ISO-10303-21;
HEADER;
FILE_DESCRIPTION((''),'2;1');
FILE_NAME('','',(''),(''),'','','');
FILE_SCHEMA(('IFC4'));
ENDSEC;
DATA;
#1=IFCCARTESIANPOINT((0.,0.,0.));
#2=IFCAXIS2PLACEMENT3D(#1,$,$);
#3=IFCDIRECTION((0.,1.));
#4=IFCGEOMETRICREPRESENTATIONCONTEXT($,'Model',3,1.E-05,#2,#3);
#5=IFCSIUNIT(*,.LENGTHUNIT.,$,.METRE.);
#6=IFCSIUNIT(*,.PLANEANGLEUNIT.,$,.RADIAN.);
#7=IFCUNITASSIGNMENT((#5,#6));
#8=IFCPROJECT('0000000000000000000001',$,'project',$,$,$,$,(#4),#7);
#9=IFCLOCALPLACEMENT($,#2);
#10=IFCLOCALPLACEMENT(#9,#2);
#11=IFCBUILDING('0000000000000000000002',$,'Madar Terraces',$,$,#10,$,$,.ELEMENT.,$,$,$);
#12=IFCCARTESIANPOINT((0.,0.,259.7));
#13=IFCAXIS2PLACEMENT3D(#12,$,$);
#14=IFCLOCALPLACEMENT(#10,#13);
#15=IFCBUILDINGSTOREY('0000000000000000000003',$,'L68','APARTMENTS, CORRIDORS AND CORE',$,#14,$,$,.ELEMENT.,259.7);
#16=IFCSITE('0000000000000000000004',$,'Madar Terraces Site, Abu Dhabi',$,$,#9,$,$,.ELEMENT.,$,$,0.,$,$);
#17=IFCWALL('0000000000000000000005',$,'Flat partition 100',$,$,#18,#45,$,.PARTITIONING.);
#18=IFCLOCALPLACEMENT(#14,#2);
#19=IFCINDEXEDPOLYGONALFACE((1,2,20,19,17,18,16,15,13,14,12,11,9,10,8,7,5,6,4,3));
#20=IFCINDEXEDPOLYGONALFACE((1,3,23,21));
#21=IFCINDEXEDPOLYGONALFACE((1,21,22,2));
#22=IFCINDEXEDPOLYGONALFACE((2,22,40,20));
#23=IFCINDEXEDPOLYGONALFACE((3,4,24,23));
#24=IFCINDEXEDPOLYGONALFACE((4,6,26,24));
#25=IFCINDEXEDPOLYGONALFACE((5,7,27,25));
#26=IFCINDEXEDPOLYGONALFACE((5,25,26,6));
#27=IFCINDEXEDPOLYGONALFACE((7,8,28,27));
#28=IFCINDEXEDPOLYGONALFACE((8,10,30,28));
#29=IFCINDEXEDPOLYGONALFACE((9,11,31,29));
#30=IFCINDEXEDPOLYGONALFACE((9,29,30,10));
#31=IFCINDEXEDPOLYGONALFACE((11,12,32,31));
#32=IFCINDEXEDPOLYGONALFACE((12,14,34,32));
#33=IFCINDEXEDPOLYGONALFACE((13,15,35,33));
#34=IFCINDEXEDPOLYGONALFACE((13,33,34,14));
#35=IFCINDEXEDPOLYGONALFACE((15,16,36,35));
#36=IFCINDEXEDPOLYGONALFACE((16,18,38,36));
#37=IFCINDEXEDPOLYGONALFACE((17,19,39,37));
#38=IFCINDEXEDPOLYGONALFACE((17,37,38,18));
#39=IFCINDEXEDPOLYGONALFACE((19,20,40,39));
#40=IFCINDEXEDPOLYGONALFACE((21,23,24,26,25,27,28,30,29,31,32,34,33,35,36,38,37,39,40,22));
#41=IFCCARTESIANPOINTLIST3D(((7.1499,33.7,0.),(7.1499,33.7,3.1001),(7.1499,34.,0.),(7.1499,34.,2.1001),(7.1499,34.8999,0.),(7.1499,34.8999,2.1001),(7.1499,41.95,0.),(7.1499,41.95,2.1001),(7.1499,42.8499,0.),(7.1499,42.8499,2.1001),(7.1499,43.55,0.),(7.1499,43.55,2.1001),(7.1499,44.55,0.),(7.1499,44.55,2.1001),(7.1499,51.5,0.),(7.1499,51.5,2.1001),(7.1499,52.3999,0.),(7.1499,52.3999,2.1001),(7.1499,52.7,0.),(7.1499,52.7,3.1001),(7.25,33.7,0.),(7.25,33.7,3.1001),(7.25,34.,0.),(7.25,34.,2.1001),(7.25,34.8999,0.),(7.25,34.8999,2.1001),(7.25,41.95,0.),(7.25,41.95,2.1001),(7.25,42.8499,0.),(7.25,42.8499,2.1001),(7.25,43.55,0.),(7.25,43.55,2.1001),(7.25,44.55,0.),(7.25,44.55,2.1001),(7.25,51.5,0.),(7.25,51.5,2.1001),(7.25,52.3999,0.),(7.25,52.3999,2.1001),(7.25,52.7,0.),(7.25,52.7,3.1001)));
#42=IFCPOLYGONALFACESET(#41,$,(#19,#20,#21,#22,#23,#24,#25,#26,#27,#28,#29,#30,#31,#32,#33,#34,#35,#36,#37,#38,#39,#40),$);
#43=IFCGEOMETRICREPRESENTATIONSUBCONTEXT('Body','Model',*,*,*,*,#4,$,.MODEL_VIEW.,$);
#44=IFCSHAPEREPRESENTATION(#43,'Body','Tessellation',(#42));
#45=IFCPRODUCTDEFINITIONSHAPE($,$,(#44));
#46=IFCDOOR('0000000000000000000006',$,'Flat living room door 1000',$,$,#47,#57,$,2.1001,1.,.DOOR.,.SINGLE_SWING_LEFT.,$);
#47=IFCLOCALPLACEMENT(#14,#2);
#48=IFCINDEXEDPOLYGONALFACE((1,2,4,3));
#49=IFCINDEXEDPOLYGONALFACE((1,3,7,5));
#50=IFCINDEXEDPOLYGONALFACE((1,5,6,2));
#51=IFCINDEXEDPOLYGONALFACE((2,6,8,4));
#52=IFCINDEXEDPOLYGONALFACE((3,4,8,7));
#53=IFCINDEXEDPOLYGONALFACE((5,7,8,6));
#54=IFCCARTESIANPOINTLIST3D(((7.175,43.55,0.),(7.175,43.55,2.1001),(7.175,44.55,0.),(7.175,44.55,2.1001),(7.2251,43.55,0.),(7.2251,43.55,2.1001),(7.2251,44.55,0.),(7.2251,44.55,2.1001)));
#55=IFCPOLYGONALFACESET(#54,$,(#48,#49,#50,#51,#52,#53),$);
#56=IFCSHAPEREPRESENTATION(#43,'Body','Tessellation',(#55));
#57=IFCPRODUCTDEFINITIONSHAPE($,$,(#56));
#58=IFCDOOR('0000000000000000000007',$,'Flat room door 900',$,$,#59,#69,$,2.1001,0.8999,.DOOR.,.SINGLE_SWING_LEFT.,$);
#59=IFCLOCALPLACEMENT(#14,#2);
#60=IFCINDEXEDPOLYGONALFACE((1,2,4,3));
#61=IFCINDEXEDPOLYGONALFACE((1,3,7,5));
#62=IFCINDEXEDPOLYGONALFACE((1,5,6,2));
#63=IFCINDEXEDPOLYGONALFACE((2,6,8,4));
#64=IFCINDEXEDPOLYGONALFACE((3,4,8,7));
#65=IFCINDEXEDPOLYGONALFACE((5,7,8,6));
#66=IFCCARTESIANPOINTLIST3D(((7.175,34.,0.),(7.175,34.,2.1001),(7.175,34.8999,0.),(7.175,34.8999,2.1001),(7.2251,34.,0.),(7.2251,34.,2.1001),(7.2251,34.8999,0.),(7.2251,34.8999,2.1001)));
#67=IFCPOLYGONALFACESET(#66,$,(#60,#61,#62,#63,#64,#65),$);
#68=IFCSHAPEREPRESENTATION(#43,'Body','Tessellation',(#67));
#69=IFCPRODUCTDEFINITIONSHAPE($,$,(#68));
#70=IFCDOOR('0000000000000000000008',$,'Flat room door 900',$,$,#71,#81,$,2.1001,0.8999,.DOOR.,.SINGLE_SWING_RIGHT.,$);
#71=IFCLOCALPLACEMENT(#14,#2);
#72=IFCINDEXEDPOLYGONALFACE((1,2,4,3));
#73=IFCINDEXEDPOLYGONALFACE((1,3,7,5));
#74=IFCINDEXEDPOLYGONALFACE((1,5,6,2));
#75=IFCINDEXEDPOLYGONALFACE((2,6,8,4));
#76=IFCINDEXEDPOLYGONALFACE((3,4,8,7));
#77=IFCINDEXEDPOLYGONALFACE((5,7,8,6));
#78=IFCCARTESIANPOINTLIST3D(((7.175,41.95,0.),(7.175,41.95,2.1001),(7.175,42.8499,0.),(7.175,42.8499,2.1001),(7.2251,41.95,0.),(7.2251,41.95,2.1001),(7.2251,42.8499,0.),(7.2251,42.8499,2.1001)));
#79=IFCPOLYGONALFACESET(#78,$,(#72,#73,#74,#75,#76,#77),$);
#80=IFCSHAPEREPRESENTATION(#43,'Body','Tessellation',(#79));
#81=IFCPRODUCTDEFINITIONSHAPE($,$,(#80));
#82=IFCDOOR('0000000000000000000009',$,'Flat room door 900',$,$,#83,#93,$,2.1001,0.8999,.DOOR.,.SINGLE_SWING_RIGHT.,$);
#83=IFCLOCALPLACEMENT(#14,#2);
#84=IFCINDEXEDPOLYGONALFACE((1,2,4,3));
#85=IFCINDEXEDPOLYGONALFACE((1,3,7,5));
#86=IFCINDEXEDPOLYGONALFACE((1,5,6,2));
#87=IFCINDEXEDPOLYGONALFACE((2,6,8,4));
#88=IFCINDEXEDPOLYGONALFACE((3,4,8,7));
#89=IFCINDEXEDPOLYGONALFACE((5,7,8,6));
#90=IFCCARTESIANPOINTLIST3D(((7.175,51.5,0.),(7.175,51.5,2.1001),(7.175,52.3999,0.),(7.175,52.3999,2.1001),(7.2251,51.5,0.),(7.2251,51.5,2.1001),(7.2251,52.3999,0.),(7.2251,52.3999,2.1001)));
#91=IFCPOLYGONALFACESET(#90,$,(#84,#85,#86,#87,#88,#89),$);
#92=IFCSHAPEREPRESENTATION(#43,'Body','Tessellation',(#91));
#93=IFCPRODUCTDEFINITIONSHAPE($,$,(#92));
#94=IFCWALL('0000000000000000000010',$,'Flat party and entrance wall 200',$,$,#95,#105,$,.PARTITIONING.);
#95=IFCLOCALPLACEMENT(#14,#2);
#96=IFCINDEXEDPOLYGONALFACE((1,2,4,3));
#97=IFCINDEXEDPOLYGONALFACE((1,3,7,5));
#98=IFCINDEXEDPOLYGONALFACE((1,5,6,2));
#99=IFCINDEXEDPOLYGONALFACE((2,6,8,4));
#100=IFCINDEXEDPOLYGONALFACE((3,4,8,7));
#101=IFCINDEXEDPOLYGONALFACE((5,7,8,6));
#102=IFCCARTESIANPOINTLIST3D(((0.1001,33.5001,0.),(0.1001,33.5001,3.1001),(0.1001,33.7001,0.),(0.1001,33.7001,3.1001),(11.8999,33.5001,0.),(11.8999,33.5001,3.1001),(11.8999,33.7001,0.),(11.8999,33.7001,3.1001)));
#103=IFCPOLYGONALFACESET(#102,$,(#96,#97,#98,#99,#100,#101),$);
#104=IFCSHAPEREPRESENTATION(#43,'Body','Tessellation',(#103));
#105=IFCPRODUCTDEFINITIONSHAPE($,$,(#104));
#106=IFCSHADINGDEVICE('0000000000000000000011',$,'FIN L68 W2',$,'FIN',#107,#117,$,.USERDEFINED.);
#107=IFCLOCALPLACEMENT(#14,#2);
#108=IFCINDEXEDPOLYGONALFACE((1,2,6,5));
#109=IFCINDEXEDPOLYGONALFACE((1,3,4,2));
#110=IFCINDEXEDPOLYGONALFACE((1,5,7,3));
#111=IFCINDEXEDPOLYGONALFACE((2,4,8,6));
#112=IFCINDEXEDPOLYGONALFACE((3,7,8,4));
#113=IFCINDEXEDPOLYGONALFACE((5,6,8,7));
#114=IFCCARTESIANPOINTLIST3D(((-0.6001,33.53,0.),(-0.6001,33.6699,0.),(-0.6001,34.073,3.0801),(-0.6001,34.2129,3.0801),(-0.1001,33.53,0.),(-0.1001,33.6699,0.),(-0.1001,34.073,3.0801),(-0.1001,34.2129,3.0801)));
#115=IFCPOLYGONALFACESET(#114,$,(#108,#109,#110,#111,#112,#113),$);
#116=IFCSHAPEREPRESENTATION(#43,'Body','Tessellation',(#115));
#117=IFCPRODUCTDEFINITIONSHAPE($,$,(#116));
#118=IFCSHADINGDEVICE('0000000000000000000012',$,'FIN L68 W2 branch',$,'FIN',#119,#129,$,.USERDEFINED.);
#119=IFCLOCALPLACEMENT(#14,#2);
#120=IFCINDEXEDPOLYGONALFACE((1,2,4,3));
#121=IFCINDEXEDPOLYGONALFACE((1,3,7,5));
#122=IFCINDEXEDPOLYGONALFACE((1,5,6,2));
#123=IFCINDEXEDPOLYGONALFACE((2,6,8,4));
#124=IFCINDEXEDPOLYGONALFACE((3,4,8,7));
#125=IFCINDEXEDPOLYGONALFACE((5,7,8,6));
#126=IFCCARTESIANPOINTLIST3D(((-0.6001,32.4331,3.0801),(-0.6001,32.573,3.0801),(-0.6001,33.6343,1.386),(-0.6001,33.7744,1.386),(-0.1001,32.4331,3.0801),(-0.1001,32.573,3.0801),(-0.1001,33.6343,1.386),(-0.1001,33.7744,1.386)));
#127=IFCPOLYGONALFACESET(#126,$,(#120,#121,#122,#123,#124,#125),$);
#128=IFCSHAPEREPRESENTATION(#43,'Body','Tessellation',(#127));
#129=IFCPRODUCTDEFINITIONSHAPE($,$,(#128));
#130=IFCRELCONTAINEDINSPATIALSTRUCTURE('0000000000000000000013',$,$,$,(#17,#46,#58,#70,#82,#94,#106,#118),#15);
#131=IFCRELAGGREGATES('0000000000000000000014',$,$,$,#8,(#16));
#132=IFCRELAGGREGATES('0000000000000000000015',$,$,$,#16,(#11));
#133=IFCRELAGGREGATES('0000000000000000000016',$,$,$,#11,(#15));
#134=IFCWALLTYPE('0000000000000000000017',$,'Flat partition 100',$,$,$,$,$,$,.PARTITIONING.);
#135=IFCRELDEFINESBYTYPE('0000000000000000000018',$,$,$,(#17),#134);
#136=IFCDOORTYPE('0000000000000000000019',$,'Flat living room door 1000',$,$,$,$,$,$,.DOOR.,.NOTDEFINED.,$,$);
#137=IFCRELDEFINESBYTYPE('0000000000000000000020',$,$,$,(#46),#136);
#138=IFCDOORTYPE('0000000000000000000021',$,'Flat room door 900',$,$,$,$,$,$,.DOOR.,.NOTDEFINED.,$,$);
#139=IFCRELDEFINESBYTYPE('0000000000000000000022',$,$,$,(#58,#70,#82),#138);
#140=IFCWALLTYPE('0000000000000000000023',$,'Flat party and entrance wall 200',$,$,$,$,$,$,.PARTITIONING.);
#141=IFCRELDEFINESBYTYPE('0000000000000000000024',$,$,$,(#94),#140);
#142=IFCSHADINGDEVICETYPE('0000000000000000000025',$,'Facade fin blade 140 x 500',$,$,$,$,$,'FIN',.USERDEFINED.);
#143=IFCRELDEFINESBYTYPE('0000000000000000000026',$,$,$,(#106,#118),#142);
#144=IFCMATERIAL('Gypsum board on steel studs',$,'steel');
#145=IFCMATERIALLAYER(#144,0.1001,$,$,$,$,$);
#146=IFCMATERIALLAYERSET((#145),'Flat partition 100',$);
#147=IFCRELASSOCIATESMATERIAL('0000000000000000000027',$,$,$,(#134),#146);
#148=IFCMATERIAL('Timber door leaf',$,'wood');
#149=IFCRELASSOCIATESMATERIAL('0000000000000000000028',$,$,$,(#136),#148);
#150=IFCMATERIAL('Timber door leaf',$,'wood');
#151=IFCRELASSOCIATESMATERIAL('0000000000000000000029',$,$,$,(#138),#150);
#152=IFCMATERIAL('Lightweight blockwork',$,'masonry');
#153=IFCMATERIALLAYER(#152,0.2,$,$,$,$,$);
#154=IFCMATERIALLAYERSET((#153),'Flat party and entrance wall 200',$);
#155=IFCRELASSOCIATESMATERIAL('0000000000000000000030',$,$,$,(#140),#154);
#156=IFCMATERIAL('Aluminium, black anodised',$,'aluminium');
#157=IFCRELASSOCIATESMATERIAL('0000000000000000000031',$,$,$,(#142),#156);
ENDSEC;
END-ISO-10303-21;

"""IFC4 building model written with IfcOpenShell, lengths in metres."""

from ifc_helpers import new_model, si_unit, direction, frame, frame_2d, origin, place, context, subcontext, project, spatial, polyline, rectangle, outline, extrude, material, layer, layer_set, type_object, element, fill, save


model = new_model("IFC4")

# Units and contexts
model_context = context("Model", 3, precision=1e-05, world=origin(), true_north=direction((0.0, 1.0)))
body_context = subcontext(model_context, "Body", "Model", "MODEL_VIEW")
ifc_project = project(units=[si_unit("LENGTHUNIT", "METRE"), si_unit("PLANEANGLEUNIT", "RADIAN")], contexts=[model_context])

# Site, building, storey
site_placement = place(None, origin())
site = spatial("IfcSite", under=ifc_project, at=site_placement, Name="Madar Terraces Site, Abu Dhabi", CompositionType="ELEMENT", RefElevation=0.0)
building_placement = place(site_placement, origin())
building = spatial("IfcBuilding", under=site, at=building_placement, Name="Madar Terraces", CompositionType="ELEMENT")
storey_placement = place(building_placement, frame((0.0, 0.0, 259.7)))
storey = spatial("IfcBuildingStorey", under=building, at=storey_placement, Name="L68", Description="APARTMENTS, CORRIDORS AND CORE", CompositionType="ELEMENT", Elevation=259.7)

# Shared definitions
ifc_material_1 = material(Name="Gypsum board on steel studs", Category="steel")
ifc_layer_1 = layer(ifc_material_1, 0.1001)
ifc_layer_set_1 = layer_set([ifc_layer_1], Name="Flat partition 100")
wall_type_1 = type_object("IfcWallType", Name="Flat partition 100", PredefinedType="PARTITIONING", material=ifc_layer_set_1)

# Wall, openings, doors
wall_1_placement = place(storey_placement, frame((7.2, 33.7, 0.0), z_axis=(0.0, 0.0, 1.0), x_axis=(0.0, 1.0, 0.0)))
wall_1 = element("IfcWall", 1, at=wall_1_placement, inside=storey, type_object=wall_type_1, Name="Flat partition 100", PredefinedType="PARTITIONING", context=body_context, shape_type="SweptSolid", body=[
    extrude(rectangle(XDim=19.0, YDim=0.1001, at=frame_2d((9.5, 0.0))), origin(), (0.0, 0.0, 1.0), 3.1001),
])
opening_1_placement = place(wall_1_placement, frame((0.3, 0.0, 0.0)))
opening_1 = element("IfcOpeningElement", 2, at=opening_1_placement, cuts=wall_1, PredefinedType="OPENING", context=body_context, shape_type="SweptSolid", body=[
    extrude(rectangle(XDim=0.8999, YDim=2.1001, at=frame_2d((0.45, 1.05))), frame((0.0, 0.0601, 0.0), z_axis=(0.0, -1.0, 0.0), x_axis=(1.0, 0.0, 0.0)), (0.0, 0.0, 1.0), 0.1201),
])
opening_2_placement = place(wall_1_placement, frame((8.25, 0.0, 0.0)))
opening_2 = element("IfcOpeningElement", 3, at=opening_2_placement, cuts=wall_1, PredefinedType="OPENING", context=body_context, shape_type="SweptSolid", body=[
    extrude(rectangle(XDim=0.8999, YDim=2.1001, at=frame_2d((0.45, 1.05))), frame((0.0, 0.0601, 0.0), z_axis=(0.0, -1.0, 0.0), x_axis=(1.0, 0.0, 0.0)), (0.0, 0.0, 1.0), 0.1201),
])
opening_3_placement = place(wall_1_placement, frame((9.8501, 0.0, 0.0)))
opening_3 = element("IfcOpeningElement", 4, at=opening_3_placement, cuts=wall_1, PredefinedType="OPENING", context=body_context, shape_type="SweptSolid", body=[
    extrude(rectangle(XDim=1.0, YDim=2.1001, at=frame_2d((0.5, 1.05))), frame((0.0, 0.0601, 0.0), z_axis=(0.0, -1.0, 0.0), x_axis=(1.0, 0.0, 0.0)), (0.0, 0.0, 1.0), 0.1201),
])
opening_4_placement = place(wall_1_placement, frame((17.8, 0.0, 0.0)))
opening_4 = element("IfcOpeningElement", 5, at=opening_4_placement, cuts=wall_1, PredefinedType="OPENING", context=body_context, shape_type="SweptSolid", body=[
    extrude(rectangle(XDim=0.8999, YDim=2.1001, at=frame_2d((0.45, 1.05))), frame((0.0, 0.0601, 0.0), z_axis=(0.0, -1.0, 0.0), x_axis=(1.0, 0.0, 0.0)), (0.0, 0.0, 1.0), 0.1201),
])
ifc_material_2 = material(Name="Timber door leaf", Category="wood")
door_type_1 = type_object("IfcDoorType", Name="Flat living room door 1000", OperationType="NOTDEFINED", PredefinedType="DOOR", material=ifc_material_2)
door_1_placement = place(opening_3_placement, origin())
door_1 = element("IfcDoor", 6, at=door_1_placement, inside=storey, type_object=door_type_1, Name="Flat living room door 1000", OperationType="SINGLE_SWING_LEFT", OverallHeight=2.1001, OverallWidth=1.0, PredefinedType="DOOR", context=body_context, shape_type="SweptSolid", body=[
    extrude(rectangle(XDim=1.0, YDim=2.1001, at=frame_2d((0.5, 1.05))), frame((0.0, 0.0249, 0.0), z_axis=(0.0, -1.0, 0.0), x_axis=(1.0, 0.0, 0.0)), (0.0, 0.0, 1.0), 0.05),
])
fill(opening_3, door_1)
ifc_material_3 = material(Name="Timber door leaf", Category="wood")
door_type_2 = type_object("IfcDoorType", Name="Flat room door 900", OperationType="NOTDEFINED", PredefinedType="DOOR", material=ifc_material_3)
door_2_placement = place(opening_1_placement, origin())
door_2 = element("IfcDoor", 7, at=door_2_placement, inside=storey, type_object=door_type_2, Name="Flat room door 900", OperationType="SINGLE_SWING_LEFT", OverallHeight=2.1001, OverallWidth=0.8999, PredefinedType="DOOR", context=body_context, shape_type="SweptSolid", body=[
    extrude(rectangle(XDim=0.8999, YDim=2.1001, at=frame_2d((0.45, 1.05))), frame((0.0, 0.0249, 0.0), z_axis=(0.0, -1.0, 0.0), x_axis=(1.0, 0.0, 0.0)), (0.0, 0.0, 1.0), 0.05),
])
fill(opening_1, door_2)
door_3_placement = place(opening_2_placement, origin())
door_3 = element("IfcDoor", 8, at=door_3_placement, inside=storey, type_object=door_type_2, Name="Flat room door 900", OperationType="SINGLE_SWING_RIGHT", OverallHeight=2.1001, OverallWidth=0.8999, PredefinedType="DOOR", context=body_context, shape_type="SweptSolid", body=[
    extrude(rectangle(XDim=0.8999, YDim=2.1001, at=frame_2d((0.45, 1.05))), frame((0.0, 0.0249, 0.0), z_axis=(0.0, -1.0, 0.0), x_axis=(1.0, 0.0, 0.0)), (0.0, 0.0, 1.0), 0.05),
])
fill(opening_2, door_3)
door_4_placement = place(opening_4_placement, origin())
door_4 = element("IfcDoor", 9, at=door_4_placement, inside=storey, type_object=door_type_2, Name="Flat room door 900", OperationType="SINGLE_SWING_RIGHT", OverallHeight=2.1001, OverallWidth=0.8999, PredefinedType="DOOR", context=body_context, shape_type="SweptSolid", body=[
    extrude(rectangle(XDim=0.8999, YDim=2.1001, at=frame_2d((0.45, 1.05))), frame((0.0, 0.0249, 0.0), z_axis=(0.0, -1.0, 0.0), x_axis=(1.0, 0.0, 0.0)), (0.0, 0.0, 1.0), 0.05),
])
fill(opening_4, door_4)

# Wall
ifc_material_4 = material(Name="Lightweight blockwork", Category="masonry")
ifc_layer_2 = layer(ifc_material_4, 0.2)
ifc_layer_set_2 = layer_set([ifc_layer_2], Name="Flat party and entrance wall 200")
wall_type_2 = type_object("IfcWallType", Name="Flat party and entrance wall 200", PredefinedType="PARTITIONING", material=ifc_layer_set_2)
wall_2_placement = place(storey_placement, frame((0.1001, 33.6001, 0.0), z_axis=(0.0, 0.0, 1.0), x_axis=(1.0, 0.0, 0.0)))
element("IfcWall", 10, at=wall_2_placement, inside=storey, type_object=wall_type_2, Name="Flat party and entrance wall 200", PredefinedType="PARTITIONING", context=body_context, shape_type="SweptSolid", body=[
    extrude(rectangle(XDim=11.7998, YDim=0.2, at=frame_2d((5.8999, 0.0))), origin(), (0.0, 0.0, 1.0), 3.1001),
])

# Shading devices
ifc_material_5 = material(Name="Aluminium, black anodised", Category="aluminium")
shading_device_type = type_object("IfcShadingDeviceType", Name="Facade fin blade 140 x 500", ElementType="FIN", PredefinedType="USERDEFINED", material=ifc_material_5)
shading_device_1_placement = place(storey_placement, frame((-0.3501, 33.6699, 0.0), z_axis=(0.0, 0.0, 1.0), x_axis=(0.0, -1.0, 0.0)))
element("IfcShadingDevice", 11, at=shading_device_1_placement, inside=storey, type_object=shading_device_type, Name="FIN L68 W2", ObjectType="FIN", PredefinedType="USERDEFINED", context=body_context, shape_type="SweptSolid", body=[
    extrude(outline(polyline([(0.0, 0.0), (0.1399, 0.0), (-0.4031, 3.0801), (-0.543, 3.0801), (0.0, 0.0)])), frame((0.0, 0.25, 0.0), z_axis=(0.0, -1.0, 0.0), x_axis=(1.0, 0.0, 0.0)), (0.0, 0.0, 1.0), 0.5),
])
shading_device_2_placement = place(storey_placement, frame((-0.3501, 33.7744, 1.386), z_axis=(0.0, 0.0, 1.0), x_axis=(0.0, -1.0, 0.0)))
element("IfcShadingDevice", 12, at=shading_device_2_placement, inside=storey, type_object=shading_device_type, Name="FIN L68 W2 branch", ObjectType="FIN", PredefinedType="USERDEFINED", context=body_context, shape_type="SweptSolid", body=[
    extrude(outline(polyline([(0.0, 0.0), (0.1401, 0.0), (1.3413, 1.6941), (1.2014, 1.6941), (0.0, 0.0)])), frame((0.0, 0.25, 0.0), z_axis=(0.0, -1.0, 0.0), x_axis=(1.0, 0.0, 0.0)), (0.0, 0.0, 1.0), 0.5),
])

save(model, "model.ifc")
